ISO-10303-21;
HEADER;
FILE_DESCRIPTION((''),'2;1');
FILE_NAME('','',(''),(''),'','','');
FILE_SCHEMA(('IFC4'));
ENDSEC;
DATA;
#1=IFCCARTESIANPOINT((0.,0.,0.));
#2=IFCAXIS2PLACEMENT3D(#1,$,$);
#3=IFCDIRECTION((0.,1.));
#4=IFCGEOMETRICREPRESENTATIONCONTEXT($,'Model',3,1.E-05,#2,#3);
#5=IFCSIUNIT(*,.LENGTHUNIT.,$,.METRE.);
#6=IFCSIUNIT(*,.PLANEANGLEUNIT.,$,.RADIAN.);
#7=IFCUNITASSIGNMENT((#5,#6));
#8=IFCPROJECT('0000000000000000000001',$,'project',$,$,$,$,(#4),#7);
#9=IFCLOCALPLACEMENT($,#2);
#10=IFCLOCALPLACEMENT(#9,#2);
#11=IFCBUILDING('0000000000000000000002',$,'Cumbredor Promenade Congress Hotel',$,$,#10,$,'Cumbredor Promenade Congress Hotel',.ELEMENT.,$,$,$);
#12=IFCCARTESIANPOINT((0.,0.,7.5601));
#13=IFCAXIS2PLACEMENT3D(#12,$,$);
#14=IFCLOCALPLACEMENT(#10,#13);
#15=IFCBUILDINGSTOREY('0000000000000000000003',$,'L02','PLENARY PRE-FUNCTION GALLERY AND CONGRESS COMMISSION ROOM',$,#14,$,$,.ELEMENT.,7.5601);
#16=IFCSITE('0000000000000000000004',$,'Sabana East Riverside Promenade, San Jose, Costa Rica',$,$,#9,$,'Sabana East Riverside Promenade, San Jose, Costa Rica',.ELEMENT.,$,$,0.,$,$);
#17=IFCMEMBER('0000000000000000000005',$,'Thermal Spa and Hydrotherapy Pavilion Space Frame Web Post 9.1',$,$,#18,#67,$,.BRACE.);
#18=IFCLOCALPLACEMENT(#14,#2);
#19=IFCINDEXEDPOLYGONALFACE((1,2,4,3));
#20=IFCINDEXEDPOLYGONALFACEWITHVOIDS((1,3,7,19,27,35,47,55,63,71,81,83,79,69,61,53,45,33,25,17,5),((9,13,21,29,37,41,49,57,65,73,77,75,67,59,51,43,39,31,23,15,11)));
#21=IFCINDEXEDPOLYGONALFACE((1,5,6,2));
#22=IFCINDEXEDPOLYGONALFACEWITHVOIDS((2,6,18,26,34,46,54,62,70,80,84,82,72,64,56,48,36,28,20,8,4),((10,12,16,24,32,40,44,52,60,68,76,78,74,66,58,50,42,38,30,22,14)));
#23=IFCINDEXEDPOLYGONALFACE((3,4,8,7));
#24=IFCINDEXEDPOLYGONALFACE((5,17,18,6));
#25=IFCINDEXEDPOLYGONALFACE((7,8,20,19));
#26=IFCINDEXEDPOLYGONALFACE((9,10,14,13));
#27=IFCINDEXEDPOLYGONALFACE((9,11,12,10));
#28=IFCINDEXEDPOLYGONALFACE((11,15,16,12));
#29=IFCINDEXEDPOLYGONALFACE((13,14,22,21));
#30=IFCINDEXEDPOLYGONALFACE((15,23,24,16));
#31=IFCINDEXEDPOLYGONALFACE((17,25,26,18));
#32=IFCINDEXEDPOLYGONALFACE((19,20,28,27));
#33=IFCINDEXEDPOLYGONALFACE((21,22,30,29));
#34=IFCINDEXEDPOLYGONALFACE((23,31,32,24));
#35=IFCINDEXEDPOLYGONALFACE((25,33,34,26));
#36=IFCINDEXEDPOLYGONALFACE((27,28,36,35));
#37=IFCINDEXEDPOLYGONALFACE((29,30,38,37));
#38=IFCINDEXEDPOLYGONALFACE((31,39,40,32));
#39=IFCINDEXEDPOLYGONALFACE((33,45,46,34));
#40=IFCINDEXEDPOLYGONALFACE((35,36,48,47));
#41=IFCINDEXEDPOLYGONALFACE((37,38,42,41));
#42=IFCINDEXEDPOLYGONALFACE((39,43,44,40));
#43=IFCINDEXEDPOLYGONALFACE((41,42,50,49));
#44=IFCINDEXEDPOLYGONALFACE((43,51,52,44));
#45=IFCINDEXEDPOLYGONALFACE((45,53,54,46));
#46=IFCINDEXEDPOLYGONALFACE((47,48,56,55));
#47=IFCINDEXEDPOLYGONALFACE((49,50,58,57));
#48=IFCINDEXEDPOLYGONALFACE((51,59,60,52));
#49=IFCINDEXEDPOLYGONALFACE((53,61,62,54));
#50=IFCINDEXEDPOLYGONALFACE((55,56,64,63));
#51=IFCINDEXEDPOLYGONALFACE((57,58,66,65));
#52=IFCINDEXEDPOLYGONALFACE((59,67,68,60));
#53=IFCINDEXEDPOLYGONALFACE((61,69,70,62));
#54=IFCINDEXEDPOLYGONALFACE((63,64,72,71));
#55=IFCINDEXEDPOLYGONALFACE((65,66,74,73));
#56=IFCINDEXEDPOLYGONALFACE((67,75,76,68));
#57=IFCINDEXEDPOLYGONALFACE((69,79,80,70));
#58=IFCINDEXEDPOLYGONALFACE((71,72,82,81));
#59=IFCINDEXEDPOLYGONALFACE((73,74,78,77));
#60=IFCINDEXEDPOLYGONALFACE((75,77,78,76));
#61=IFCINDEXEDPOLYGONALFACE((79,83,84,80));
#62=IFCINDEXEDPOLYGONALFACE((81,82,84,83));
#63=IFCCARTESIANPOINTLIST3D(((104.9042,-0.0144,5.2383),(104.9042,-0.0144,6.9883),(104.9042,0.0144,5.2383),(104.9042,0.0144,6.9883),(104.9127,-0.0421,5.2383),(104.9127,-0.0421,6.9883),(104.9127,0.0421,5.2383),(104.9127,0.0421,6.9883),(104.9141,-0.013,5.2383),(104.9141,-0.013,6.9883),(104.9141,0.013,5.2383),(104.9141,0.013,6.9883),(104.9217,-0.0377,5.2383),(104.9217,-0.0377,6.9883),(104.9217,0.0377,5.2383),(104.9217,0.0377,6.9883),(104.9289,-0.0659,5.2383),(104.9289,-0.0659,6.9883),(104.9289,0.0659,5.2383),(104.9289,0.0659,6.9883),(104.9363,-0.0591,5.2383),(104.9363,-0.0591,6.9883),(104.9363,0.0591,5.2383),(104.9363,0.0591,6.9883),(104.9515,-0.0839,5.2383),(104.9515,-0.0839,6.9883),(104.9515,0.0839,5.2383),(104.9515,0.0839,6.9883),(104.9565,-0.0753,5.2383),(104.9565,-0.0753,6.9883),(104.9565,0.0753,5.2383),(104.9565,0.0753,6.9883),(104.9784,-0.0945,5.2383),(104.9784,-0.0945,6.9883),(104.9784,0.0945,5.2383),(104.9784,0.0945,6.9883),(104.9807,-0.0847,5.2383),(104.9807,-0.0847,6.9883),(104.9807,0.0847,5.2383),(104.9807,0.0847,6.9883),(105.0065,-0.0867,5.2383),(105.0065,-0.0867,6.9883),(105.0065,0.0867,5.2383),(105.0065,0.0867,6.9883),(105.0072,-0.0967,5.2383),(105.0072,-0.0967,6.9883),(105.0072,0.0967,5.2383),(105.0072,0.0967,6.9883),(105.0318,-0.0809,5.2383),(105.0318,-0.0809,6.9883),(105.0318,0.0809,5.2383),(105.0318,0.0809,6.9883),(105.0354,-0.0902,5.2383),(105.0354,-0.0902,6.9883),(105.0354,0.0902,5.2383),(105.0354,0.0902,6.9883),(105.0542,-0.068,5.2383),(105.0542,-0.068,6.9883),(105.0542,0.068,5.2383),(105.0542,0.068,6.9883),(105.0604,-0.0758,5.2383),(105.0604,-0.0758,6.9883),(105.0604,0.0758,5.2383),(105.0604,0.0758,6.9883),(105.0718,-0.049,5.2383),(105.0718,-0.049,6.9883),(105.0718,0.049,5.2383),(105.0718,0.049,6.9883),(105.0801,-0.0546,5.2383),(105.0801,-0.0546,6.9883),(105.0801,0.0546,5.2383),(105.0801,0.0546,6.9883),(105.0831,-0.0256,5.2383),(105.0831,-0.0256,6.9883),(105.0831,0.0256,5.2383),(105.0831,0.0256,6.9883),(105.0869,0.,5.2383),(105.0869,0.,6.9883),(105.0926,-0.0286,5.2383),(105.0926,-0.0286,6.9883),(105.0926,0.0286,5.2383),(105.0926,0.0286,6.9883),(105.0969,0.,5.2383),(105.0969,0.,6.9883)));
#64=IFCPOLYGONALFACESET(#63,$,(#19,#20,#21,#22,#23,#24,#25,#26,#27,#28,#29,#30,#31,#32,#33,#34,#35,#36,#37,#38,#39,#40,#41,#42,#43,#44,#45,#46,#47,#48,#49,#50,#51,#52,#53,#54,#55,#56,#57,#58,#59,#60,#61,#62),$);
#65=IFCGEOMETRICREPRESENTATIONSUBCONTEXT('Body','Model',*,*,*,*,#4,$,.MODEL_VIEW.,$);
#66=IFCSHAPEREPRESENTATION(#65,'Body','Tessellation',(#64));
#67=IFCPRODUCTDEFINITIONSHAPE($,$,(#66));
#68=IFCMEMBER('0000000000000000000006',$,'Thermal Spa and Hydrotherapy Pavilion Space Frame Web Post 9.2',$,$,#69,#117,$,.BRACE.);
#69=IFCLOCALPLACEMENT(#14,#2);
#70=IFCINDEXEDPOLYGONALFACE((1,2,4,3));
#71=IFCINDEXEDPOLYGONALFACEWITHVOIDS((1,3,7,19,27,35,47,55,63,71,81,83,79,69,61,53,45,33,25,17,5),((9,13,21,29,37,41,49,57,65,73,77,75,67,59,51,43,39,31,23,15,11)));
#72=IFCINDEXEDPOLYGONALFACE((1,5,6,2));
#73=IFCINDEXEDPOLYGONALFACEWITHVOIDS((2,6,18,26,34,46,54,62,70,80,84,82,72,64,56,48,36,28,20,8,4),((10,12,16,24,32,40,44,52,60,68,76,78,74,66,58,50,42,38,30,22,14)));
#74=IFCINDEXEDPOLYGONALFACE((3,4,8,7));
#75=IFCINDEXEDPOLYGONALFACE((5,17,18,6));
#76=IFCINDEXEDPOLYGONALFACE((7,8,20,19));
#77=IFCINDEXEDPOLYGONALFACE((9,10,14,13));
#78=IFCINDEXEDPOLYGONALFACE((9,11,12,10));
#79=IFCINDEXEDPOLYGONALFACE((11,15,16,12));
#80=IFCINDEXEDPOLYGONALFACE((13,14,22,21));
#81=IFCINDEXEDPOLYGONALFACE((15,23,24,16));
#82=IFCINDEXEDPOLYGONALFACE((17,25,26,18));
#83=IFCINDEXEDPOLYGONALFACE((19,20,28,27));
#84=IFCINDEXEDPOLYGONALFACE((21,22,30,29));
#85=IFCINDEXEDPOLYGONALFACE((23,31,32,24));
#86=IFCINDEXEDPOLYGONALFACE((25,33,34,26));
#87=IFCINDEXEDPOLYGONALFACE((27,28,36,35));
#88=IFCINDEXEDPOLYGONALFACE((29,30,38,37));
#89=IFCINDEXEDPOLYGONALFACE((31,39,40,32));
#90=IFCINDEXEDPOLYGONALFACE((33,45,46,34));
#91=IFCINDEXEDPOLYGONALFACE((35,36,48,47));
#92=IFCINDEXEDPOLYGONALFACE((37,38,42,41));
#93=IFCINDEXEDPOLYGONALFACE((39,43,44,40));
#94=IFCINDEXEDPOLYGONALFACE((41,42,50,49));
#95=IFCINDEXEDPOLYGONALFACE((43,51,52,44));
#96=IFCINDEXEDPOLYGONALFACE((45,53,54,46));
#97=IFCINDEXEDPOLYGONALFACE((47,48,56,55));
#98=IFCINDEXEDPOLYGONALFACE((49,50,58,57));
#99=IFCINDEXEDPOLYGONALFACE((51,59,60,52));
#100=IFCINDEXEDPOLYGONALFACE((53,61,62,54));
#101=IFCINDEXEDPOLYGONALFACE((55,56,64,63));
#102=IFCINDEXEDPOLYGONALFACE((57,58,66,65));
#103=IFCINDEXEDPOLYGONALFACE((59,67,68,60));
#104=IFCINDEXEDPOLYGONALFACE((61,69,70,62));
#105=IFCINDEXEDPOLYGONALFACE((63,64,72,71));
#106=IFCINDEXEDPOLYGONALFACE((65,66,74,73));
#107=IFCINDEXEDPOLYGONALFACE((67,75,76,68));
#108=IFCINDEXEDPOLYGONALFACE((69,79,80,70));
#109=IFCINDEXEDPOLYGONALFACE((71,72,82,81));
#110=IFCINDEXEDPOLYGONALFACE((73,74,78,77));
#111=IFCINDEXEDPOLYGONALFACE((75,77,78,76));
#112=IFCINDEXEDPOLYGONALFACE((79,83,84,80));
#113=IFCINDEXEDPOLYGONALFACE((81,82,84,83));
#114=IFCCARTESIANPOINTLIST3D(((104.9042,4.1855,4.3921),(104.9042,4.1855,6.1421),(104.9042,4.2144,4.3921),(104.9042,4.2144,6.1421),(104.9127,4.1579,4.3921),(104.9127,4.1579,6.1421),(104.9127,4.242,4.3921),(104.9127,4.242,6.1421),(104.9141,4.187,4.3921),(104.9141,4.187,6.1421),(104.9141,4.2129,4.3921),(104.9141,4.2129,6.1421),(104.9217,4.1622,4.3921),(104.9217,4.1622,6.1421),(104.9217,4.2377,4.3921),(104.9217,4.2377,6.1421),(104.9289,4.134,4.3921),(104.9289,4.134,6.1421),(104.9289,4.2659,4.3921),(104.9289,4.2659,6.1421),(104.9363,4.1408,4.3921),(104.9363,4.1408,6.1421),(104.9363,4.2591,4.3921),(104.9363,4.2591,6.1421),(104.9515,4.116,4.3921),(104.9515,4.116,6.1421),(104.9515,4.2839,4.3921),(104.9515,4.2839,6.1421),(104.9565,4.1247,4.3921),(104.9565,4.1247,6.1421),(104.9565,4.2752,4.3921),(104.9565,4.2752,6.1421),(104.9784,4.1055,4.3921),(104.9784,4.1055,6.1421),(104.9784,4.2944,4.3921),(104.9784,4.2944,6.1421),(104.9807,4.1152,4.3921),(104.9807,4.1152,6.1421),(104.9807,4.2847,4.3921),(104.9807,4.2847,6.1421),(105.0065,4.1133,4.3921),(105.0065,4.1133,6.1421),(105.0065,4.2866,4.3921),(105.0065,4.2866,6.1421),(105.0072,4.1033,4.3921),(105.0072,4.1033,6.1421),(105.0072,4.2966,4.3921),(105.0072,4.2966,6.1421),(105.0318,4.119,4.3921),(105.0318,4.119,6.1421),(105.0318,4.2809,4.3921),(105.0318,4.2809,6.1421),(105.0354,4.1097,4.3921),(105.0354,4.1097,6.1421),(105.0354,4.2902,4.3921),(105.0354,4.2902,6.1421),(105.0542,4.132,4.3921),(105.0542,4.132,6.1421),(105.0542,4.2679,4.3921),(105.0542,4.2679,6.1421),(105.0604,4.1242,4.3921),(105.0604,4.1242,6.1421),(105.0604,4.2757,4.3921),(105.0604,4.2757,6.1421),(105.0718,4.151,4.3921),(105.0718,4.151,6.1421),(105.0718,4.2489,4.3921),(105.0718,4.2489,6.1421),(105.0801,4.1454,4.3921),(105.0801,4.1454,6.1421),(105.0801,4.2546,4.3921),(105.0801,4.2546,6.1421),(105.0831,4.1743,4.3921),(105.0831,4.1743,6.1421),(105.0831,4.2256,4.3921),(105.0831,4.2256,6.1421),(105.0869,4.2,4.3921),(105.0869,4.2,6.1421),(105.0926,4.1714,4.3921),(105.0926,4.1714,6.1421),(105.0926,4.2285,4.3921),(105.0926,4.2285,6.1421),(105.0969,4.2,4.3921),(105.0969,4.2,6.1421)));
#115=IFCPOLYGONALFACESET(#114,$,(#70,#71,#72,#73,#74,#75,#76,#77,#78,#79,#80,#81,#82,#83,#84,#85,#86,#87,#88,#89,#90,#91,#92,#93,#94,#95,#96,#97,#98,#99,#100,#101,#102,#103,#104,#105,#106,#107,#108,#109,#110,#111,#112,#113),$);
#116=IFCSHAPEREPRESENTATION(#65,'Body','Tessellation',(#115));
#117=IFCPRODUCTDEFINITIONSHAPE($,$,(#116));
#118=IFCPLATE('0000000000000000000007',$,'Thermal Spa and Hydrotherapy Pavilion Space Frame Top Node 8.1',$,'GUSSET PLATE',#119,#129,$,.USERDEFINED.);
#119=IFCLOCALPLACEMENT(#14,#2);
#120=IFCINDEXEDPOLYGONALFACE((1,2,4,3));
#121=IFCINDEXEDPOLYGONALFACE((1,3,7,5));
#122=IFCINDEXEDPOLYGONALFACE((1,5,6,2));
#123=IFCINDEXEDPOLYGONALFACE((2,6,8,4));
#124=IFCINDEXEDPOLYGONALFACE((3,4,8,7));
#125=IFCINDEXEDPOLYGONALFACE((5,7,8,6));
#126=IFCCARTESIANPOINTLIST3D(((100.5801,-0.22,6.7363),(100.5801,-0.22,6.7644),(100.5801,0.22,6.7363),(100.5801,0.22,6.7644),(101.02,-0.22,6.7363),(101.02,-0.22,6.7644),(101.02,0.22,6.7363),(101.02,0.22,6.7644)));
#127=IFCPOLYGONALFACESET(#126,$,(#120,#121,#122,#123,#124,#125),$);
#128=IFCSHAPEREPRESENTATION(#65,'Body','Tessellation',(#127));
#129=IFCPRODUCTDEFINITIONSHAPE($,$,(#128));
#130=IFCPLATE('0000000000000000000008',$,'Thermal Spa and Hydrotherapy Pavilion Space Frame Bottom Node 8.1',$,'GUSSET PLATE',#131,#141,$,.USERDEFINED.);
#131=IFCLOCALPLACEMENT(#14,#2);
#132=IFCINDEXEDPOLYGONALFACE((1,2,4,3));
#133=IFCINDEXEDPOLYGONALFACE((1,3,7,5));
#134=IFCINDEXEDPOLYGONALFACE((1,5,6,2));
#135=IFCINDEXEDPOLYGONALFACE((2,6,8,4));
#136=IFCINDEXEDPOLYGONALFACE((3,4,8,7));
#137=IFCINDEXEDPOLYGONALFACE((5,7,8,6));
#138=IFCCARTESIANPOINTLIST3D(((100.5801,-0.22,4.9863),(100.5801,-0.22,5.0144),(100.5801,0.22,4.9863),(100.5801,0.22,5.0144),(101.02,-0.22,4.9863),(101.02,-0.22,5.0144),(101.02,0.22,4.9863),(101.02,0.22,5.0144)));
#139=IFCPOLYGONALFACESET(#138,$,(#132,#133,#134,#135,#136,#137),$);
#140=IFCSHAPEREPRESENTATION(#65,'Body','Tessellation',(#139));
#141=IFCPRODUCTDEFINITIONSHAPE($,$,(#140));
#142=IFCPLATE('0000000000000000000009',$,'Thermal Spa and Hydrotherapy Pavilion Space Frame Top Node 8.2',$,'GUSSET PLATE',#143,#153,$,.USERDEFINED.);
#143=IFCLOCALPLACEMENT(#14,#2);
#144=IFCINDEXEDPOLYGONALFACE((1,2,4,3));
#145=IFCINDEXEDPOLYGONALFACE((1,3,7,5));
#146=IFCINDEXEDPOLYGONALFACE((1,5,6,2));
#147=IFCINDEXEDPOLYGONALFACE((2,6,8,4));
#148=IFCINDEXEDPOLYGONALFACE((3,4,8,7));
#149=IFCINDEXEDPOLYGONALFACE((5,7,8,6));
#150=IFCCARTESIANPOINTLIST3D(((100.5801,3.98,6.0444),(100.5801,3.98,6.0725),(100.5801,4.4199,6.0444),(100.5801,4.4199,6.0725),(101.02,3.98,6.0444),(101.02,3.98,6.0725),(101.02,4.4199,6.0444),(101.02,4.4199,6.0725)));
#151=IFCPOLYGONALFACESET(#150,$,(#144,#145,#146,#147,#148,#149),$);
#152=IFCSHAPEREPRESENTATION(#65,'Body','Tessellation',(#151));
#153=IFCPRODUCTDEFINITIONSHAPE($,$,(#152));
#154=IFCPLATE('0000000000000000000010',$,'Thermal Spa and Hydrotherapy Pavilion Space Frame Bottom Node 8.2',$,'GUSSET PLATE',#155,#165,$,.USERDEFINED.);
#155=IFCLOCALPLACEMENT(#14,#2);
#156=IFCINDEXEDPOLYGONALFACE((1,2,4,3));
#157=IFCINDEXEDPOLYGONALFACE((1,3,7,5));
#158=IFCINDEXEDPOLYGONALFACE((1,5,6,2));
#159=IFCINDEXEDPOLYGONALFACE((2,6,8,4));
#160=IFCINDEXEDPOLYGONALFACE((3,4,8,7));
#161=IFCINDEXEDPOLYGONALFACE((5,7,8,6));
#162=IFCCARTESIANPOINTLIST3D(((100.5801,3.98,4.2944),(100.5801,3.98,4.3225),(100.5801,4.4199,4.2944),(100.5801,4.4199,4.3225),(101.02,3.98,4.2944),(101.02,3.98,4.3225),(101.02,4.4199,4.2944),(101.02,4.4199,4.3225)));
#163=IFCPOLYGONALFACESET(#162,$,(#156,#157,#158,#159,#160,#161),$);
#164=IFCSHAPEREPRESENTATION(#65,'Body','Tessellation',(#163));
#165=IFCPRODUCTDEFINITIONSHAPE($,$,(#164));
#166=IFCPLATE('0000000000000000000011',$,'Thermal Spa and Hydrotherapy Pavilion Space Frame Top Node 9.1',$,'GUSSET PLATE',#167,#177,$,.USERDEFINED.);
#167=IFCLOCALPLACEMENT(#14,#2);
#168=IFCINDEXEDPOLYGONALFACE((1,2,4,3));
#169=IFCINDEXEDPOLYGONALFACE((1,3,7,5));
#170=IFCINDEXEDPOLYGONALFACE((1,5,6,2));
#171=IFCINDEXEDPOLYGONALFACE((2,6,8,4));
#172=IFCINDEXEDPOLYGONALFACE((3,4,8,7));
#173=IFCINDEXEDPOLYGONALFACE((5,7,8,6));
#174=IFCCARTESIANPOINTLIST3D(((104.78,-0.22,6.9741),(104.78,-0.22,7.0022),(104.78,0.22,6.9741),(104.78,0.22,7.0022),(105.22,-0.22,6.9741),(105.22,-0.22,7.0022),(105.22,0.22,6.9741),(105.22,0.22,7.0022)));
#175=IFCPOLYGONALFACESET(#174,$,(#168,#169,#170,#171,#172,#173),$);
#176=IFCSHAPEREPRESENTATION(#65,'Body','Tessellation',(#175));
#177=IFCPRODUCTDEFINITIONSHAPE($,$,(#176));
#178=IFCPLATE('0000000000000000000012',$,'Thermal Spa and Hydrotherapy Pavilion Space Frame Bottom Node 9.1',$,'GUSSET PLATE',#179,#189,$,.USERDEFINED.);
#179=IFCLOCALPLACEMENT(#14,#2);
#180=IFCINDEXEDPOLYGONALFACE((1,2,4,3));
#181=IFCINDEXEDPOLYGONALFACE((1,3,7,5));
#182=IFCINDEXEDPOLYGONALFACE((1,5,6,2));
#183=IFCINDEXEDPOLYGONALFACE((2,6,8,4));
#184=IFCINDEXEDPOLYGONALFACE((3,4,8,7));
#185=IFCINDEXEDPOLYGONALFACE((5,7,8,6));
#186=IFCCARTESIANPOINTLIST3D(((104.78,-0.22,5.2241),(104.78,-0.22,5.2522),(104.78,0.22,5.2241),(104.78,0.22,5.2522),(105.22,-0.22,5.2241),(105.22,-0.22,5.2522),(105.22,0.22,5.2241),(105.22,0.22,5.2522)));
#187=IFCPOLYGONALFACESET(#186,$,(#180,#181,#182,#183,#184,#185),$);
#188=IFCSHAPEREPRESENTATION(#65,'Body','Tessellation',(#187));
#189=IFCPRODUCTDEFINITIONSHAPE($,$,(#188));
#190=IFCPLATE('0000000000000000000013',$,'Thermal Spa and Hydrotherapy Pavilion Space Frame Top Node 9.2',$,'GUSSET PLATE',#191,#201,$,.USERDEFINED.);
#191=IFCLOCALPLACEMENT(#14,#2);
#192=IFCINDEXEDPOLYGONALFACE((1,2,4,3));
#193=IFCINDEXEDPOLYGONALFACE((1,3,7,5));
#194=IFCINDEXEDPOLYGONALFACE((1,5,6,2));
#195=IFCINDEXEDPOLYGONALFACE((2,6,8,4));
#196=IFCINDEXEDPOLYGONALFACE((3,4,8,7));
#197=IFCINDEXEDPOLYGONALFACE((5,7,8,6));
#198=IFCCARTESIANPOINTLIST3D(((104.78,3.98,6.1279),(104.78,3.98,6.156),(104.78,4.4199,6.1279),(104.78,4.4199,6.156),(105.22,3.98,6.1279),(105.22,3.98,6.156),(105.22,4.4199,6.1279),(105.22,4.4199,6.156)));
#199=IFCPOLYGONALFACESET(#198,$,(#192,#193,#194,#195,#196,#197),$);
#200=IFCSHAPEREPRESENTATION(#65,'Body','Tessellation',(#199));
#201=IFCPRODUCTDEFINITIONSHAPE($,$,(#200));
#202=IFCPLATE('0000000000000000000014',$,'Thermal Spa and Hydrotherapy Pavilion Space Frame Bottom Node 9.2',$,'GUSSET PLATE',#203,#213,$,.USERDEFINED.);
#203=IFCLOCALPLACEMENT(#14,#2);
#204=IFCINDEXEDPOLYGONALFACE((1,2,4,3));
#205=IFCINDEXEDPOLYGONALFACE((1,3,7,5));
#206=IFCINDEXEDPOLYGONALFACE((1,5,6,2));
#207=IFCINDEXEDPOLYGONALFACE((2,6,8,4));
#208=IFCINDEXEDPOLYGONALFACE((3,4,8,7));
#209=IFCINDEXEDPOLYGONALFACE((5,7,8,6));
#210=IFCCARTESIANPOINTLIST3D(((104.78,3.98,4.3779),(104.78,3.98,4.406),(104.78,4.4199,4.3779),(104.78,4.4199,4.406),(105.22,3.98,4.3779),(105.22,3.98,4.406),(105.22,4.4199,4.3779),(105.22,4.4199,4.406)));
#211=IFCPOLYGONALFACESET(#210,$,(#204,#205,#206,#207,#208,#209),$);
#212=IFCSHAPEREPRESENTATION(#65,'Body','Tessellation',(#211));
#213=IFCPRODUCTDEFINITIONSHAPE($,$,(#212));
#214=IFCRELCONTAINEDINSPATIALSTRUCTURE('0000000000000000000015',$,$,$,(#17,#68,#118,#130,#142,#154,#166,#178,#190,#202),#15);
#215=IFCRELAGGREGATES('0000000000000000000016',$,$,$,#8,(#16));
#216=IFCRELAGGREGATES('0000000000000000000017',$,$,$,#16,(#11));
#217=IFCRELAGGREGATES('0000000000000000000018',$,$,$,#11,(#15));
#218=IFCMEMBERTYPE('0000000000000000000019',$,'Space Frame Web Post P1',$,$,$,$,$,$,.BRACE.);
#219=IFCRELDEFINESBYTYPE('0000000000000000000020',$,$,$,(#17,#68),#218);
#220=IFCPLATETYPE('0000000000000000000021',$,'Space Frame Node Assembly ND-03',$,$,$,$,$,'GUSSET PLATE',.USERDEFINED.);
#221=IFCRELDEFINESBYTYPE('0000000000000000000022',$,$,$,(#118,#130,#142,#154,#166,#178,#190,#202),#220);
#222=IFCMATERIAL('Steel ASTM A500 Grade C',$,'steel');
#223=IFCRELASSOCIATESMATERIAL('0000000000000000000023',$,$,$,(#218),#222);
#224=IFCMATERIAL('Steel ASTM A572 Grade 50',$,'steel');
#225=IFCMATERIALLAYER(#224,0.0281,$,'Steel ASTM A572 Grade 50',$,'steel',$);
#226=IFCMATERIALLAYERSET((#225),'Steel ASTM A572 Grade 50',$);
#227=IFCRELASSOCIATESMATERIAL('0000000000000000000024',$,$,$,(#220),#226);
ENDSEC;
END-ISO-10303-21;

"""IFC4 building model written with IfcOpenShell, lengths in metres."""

from ifc_helpers import new_model, si_unit, direction, frame, origin, origin_2d, place, context, subcontext, project, spatial, rectangle, hollow_circle, extrude, material, layer, layer_set, material_profile, profile_set, type_object, element, save


model = new_model("IFC4")

# Units and contexts
model_context = context("Model", 3, precision=1e-05, world=origin(), true_north=direction((0.0, 1.0)))
body_context = subcontext(model_context, "Body", "Model", "MODEL_VIEW")
ifc_project = project(units=[si_unit("LENGTHUNIT", "METRE"), si_unit("PLANEANGLEUNIT", "RADIAN")], contexts=[model_context])

# Site, building, storey
site_placement = place(None, origin())
site = spatial("IfcSite", under=ifc_project, at=site_placement, Name="Sabana East Riverside Promenade, San Jose, Costa Rica", LongName="Sabana East Riverside Promenade, San Jose, Costa Rica", CompositionType="ELEMENT", RefElevation=0.0)
building_placement = place(site_placement, origin())
building = spatial("IfcBuilding", under=site, at=building_placement, Name="Cumbredor Promenade Congress Hotel", LongName="Cumbredor Promenade Congress Hotel", CompositionType="ELEMENT")
storey_placement = place(building_placement, frame((0.0, 0.0, 7.5601)))
storey = spatial("IfcBuildingStorey", under=building, at=storey_placement, Name="L02", Description="PLENARY PRE-FUNCTION GALLERY AND CONGRESS COMMISSION ROOM", CompositionType="ELEMENT", Elevation=7.5601)

# Members
ifc_material_1 = material(Name="Steel ASTM A500 Grade C", Category="steel")
ifc_material_profile_1 = material_profile(ifc_material_1, hollow_circle(Radius=0.0969, WallThickness=0.01, at=origin_2d()), Name="CHS 193.7x10")
ifc_profile_set_1 = profile_set([ifc_material_profile_1], Name="Steel ASTM A500 Grade C")
member_type_1 = type_object("IfcMemberType", Name="Space Frame Web Post P1", PredefinedType="BRACE", material=ifc_profile_set_1)
for number, where, z_axis, x_axis, name in (
    (1, (105.0, 0.0, 5.2383), (0.0, 0.0, 1.0), (1.0, 0.0, 0.0), "Thermal Spa and Hydrotherapy Pavilion Space Frame Web Post 9.1"),
    (2, (105.0, 4.2, 4.3921), (0.0, 0.0, 1.0), (1.0, 0.0, 0.0), "Thermal Spa and Hydrotherapy Pavilion Space Frame Web Post 9.2"),
):
    element("IfcMember", number, at=place(storey_placement, frame(where, z_axis=z_axis, x_axis=x_axis)), inside=storey, type_object=member_type_1, Name=name, PredefinedType="BRACE", context=body_context, shape_type="SweptSolid", body=[
        extrude(hollow_circle(Radius=0.0969, WallThickness=0.01, at=origin_2d()), origin(), (0.0, 0.0, 1.0), 1.75),
    ])

# Plates
ifc_material_2 = material(Name="Steel ASTM A572 Grade 50", Category="steel")
ifc_layer = layer(ifc_material_2, 0.0281, Name="Steel ASTM A572 Grade 50", Category="steel")
ifc_layer_set = layer_set([ifc_layer], Name="Steel ASTM A572 Grade 50")
plate_type = type_object("IfcPlateType", Name="Space Frame Node Assembly ND-03", ElementType="GUSSET PLATE", PredefinedType="USERDEFINED", material=ifc_layer_set)
for number, where, z_axis, x_axis, name in (
    (3, (100.8, 0.0, 6.7363), (0.0, 0.0, 1.0), (1.0, 0.0, 0.0), "Thermal Spa and Hydrotherapy Pavilion Space Frame Top Node 8.1"),
    (4, (100.8, 0.0, 4.9863), (0.0, 0.0, 1.0), (1.0, 0.0, 0.0), "Thermal Spa and Hydrotherapy Pavilion Space Frame Bottom Node 8.1"),
    (5, (100.8, 4.2, 6.0444), (0.0, 0.0, 1.0), (1.0, 0.0, 0.0), "Thermal Spa and Hydrotherapy Pavilion Space Frame Top Node 8.2"),
    (6, (100.8, 4.2, 4.2944), (0.0, 0.0, 1.0), (1.0, 0.0, 0.0), "Thermal Spa and Hydrotherapy Pavilion Space Frame Bottom Node 8.2"),
    (7, (105.0, 0.0, 6.9741), (0.0, 0.0, 1.0), (1.0, 0.0, 0.0), "Thermal Spa and Hydrotherapy Pavilion Space Frame Top Node 9.1"),
    (8, (105.0, 0.0, 5.2241), (0.0, 0.0, 1.0), (1.0, 0.0, 0.0), "Thermal Spa and Hydrotherapy Pavilion Space Frame Bottom Node 9.1"),
    (9, (105.0, 4.2, 6.1279), (0.0, 0.0, 1.0), (1.0, 0.0, 0.0), "Thermal Spa and Hydrotherapy Pavilion Space Frame Top Node 9.2"),
    (10, (105.0, 4.2, 4.3779), (0.0, 0.0, 1.0), (1.0, 0.0, 0.0), "Thermal Spa and Hydrotherapy Pavilion Space Frame Bottom Node 9.2"),
):
    element("IfcPlate", number, at=place(storey_placement, frame(where, z_axis=z_axis, x_axis=x_axis)), inside=storey, type_object=plate_type, Name=name, ObjectType="GUSSET PLATE", PredefinedType="USERDEFINED", context=body_context, shape_type="SweptSolid", body=[
        extrude(rectangle(XDim=0.4399, YDim=0.4399, at=origin_2d()), origin(), (0.0, 0.0, 1.0), 0.0281),
    ])

save(model, "model.ifc")
